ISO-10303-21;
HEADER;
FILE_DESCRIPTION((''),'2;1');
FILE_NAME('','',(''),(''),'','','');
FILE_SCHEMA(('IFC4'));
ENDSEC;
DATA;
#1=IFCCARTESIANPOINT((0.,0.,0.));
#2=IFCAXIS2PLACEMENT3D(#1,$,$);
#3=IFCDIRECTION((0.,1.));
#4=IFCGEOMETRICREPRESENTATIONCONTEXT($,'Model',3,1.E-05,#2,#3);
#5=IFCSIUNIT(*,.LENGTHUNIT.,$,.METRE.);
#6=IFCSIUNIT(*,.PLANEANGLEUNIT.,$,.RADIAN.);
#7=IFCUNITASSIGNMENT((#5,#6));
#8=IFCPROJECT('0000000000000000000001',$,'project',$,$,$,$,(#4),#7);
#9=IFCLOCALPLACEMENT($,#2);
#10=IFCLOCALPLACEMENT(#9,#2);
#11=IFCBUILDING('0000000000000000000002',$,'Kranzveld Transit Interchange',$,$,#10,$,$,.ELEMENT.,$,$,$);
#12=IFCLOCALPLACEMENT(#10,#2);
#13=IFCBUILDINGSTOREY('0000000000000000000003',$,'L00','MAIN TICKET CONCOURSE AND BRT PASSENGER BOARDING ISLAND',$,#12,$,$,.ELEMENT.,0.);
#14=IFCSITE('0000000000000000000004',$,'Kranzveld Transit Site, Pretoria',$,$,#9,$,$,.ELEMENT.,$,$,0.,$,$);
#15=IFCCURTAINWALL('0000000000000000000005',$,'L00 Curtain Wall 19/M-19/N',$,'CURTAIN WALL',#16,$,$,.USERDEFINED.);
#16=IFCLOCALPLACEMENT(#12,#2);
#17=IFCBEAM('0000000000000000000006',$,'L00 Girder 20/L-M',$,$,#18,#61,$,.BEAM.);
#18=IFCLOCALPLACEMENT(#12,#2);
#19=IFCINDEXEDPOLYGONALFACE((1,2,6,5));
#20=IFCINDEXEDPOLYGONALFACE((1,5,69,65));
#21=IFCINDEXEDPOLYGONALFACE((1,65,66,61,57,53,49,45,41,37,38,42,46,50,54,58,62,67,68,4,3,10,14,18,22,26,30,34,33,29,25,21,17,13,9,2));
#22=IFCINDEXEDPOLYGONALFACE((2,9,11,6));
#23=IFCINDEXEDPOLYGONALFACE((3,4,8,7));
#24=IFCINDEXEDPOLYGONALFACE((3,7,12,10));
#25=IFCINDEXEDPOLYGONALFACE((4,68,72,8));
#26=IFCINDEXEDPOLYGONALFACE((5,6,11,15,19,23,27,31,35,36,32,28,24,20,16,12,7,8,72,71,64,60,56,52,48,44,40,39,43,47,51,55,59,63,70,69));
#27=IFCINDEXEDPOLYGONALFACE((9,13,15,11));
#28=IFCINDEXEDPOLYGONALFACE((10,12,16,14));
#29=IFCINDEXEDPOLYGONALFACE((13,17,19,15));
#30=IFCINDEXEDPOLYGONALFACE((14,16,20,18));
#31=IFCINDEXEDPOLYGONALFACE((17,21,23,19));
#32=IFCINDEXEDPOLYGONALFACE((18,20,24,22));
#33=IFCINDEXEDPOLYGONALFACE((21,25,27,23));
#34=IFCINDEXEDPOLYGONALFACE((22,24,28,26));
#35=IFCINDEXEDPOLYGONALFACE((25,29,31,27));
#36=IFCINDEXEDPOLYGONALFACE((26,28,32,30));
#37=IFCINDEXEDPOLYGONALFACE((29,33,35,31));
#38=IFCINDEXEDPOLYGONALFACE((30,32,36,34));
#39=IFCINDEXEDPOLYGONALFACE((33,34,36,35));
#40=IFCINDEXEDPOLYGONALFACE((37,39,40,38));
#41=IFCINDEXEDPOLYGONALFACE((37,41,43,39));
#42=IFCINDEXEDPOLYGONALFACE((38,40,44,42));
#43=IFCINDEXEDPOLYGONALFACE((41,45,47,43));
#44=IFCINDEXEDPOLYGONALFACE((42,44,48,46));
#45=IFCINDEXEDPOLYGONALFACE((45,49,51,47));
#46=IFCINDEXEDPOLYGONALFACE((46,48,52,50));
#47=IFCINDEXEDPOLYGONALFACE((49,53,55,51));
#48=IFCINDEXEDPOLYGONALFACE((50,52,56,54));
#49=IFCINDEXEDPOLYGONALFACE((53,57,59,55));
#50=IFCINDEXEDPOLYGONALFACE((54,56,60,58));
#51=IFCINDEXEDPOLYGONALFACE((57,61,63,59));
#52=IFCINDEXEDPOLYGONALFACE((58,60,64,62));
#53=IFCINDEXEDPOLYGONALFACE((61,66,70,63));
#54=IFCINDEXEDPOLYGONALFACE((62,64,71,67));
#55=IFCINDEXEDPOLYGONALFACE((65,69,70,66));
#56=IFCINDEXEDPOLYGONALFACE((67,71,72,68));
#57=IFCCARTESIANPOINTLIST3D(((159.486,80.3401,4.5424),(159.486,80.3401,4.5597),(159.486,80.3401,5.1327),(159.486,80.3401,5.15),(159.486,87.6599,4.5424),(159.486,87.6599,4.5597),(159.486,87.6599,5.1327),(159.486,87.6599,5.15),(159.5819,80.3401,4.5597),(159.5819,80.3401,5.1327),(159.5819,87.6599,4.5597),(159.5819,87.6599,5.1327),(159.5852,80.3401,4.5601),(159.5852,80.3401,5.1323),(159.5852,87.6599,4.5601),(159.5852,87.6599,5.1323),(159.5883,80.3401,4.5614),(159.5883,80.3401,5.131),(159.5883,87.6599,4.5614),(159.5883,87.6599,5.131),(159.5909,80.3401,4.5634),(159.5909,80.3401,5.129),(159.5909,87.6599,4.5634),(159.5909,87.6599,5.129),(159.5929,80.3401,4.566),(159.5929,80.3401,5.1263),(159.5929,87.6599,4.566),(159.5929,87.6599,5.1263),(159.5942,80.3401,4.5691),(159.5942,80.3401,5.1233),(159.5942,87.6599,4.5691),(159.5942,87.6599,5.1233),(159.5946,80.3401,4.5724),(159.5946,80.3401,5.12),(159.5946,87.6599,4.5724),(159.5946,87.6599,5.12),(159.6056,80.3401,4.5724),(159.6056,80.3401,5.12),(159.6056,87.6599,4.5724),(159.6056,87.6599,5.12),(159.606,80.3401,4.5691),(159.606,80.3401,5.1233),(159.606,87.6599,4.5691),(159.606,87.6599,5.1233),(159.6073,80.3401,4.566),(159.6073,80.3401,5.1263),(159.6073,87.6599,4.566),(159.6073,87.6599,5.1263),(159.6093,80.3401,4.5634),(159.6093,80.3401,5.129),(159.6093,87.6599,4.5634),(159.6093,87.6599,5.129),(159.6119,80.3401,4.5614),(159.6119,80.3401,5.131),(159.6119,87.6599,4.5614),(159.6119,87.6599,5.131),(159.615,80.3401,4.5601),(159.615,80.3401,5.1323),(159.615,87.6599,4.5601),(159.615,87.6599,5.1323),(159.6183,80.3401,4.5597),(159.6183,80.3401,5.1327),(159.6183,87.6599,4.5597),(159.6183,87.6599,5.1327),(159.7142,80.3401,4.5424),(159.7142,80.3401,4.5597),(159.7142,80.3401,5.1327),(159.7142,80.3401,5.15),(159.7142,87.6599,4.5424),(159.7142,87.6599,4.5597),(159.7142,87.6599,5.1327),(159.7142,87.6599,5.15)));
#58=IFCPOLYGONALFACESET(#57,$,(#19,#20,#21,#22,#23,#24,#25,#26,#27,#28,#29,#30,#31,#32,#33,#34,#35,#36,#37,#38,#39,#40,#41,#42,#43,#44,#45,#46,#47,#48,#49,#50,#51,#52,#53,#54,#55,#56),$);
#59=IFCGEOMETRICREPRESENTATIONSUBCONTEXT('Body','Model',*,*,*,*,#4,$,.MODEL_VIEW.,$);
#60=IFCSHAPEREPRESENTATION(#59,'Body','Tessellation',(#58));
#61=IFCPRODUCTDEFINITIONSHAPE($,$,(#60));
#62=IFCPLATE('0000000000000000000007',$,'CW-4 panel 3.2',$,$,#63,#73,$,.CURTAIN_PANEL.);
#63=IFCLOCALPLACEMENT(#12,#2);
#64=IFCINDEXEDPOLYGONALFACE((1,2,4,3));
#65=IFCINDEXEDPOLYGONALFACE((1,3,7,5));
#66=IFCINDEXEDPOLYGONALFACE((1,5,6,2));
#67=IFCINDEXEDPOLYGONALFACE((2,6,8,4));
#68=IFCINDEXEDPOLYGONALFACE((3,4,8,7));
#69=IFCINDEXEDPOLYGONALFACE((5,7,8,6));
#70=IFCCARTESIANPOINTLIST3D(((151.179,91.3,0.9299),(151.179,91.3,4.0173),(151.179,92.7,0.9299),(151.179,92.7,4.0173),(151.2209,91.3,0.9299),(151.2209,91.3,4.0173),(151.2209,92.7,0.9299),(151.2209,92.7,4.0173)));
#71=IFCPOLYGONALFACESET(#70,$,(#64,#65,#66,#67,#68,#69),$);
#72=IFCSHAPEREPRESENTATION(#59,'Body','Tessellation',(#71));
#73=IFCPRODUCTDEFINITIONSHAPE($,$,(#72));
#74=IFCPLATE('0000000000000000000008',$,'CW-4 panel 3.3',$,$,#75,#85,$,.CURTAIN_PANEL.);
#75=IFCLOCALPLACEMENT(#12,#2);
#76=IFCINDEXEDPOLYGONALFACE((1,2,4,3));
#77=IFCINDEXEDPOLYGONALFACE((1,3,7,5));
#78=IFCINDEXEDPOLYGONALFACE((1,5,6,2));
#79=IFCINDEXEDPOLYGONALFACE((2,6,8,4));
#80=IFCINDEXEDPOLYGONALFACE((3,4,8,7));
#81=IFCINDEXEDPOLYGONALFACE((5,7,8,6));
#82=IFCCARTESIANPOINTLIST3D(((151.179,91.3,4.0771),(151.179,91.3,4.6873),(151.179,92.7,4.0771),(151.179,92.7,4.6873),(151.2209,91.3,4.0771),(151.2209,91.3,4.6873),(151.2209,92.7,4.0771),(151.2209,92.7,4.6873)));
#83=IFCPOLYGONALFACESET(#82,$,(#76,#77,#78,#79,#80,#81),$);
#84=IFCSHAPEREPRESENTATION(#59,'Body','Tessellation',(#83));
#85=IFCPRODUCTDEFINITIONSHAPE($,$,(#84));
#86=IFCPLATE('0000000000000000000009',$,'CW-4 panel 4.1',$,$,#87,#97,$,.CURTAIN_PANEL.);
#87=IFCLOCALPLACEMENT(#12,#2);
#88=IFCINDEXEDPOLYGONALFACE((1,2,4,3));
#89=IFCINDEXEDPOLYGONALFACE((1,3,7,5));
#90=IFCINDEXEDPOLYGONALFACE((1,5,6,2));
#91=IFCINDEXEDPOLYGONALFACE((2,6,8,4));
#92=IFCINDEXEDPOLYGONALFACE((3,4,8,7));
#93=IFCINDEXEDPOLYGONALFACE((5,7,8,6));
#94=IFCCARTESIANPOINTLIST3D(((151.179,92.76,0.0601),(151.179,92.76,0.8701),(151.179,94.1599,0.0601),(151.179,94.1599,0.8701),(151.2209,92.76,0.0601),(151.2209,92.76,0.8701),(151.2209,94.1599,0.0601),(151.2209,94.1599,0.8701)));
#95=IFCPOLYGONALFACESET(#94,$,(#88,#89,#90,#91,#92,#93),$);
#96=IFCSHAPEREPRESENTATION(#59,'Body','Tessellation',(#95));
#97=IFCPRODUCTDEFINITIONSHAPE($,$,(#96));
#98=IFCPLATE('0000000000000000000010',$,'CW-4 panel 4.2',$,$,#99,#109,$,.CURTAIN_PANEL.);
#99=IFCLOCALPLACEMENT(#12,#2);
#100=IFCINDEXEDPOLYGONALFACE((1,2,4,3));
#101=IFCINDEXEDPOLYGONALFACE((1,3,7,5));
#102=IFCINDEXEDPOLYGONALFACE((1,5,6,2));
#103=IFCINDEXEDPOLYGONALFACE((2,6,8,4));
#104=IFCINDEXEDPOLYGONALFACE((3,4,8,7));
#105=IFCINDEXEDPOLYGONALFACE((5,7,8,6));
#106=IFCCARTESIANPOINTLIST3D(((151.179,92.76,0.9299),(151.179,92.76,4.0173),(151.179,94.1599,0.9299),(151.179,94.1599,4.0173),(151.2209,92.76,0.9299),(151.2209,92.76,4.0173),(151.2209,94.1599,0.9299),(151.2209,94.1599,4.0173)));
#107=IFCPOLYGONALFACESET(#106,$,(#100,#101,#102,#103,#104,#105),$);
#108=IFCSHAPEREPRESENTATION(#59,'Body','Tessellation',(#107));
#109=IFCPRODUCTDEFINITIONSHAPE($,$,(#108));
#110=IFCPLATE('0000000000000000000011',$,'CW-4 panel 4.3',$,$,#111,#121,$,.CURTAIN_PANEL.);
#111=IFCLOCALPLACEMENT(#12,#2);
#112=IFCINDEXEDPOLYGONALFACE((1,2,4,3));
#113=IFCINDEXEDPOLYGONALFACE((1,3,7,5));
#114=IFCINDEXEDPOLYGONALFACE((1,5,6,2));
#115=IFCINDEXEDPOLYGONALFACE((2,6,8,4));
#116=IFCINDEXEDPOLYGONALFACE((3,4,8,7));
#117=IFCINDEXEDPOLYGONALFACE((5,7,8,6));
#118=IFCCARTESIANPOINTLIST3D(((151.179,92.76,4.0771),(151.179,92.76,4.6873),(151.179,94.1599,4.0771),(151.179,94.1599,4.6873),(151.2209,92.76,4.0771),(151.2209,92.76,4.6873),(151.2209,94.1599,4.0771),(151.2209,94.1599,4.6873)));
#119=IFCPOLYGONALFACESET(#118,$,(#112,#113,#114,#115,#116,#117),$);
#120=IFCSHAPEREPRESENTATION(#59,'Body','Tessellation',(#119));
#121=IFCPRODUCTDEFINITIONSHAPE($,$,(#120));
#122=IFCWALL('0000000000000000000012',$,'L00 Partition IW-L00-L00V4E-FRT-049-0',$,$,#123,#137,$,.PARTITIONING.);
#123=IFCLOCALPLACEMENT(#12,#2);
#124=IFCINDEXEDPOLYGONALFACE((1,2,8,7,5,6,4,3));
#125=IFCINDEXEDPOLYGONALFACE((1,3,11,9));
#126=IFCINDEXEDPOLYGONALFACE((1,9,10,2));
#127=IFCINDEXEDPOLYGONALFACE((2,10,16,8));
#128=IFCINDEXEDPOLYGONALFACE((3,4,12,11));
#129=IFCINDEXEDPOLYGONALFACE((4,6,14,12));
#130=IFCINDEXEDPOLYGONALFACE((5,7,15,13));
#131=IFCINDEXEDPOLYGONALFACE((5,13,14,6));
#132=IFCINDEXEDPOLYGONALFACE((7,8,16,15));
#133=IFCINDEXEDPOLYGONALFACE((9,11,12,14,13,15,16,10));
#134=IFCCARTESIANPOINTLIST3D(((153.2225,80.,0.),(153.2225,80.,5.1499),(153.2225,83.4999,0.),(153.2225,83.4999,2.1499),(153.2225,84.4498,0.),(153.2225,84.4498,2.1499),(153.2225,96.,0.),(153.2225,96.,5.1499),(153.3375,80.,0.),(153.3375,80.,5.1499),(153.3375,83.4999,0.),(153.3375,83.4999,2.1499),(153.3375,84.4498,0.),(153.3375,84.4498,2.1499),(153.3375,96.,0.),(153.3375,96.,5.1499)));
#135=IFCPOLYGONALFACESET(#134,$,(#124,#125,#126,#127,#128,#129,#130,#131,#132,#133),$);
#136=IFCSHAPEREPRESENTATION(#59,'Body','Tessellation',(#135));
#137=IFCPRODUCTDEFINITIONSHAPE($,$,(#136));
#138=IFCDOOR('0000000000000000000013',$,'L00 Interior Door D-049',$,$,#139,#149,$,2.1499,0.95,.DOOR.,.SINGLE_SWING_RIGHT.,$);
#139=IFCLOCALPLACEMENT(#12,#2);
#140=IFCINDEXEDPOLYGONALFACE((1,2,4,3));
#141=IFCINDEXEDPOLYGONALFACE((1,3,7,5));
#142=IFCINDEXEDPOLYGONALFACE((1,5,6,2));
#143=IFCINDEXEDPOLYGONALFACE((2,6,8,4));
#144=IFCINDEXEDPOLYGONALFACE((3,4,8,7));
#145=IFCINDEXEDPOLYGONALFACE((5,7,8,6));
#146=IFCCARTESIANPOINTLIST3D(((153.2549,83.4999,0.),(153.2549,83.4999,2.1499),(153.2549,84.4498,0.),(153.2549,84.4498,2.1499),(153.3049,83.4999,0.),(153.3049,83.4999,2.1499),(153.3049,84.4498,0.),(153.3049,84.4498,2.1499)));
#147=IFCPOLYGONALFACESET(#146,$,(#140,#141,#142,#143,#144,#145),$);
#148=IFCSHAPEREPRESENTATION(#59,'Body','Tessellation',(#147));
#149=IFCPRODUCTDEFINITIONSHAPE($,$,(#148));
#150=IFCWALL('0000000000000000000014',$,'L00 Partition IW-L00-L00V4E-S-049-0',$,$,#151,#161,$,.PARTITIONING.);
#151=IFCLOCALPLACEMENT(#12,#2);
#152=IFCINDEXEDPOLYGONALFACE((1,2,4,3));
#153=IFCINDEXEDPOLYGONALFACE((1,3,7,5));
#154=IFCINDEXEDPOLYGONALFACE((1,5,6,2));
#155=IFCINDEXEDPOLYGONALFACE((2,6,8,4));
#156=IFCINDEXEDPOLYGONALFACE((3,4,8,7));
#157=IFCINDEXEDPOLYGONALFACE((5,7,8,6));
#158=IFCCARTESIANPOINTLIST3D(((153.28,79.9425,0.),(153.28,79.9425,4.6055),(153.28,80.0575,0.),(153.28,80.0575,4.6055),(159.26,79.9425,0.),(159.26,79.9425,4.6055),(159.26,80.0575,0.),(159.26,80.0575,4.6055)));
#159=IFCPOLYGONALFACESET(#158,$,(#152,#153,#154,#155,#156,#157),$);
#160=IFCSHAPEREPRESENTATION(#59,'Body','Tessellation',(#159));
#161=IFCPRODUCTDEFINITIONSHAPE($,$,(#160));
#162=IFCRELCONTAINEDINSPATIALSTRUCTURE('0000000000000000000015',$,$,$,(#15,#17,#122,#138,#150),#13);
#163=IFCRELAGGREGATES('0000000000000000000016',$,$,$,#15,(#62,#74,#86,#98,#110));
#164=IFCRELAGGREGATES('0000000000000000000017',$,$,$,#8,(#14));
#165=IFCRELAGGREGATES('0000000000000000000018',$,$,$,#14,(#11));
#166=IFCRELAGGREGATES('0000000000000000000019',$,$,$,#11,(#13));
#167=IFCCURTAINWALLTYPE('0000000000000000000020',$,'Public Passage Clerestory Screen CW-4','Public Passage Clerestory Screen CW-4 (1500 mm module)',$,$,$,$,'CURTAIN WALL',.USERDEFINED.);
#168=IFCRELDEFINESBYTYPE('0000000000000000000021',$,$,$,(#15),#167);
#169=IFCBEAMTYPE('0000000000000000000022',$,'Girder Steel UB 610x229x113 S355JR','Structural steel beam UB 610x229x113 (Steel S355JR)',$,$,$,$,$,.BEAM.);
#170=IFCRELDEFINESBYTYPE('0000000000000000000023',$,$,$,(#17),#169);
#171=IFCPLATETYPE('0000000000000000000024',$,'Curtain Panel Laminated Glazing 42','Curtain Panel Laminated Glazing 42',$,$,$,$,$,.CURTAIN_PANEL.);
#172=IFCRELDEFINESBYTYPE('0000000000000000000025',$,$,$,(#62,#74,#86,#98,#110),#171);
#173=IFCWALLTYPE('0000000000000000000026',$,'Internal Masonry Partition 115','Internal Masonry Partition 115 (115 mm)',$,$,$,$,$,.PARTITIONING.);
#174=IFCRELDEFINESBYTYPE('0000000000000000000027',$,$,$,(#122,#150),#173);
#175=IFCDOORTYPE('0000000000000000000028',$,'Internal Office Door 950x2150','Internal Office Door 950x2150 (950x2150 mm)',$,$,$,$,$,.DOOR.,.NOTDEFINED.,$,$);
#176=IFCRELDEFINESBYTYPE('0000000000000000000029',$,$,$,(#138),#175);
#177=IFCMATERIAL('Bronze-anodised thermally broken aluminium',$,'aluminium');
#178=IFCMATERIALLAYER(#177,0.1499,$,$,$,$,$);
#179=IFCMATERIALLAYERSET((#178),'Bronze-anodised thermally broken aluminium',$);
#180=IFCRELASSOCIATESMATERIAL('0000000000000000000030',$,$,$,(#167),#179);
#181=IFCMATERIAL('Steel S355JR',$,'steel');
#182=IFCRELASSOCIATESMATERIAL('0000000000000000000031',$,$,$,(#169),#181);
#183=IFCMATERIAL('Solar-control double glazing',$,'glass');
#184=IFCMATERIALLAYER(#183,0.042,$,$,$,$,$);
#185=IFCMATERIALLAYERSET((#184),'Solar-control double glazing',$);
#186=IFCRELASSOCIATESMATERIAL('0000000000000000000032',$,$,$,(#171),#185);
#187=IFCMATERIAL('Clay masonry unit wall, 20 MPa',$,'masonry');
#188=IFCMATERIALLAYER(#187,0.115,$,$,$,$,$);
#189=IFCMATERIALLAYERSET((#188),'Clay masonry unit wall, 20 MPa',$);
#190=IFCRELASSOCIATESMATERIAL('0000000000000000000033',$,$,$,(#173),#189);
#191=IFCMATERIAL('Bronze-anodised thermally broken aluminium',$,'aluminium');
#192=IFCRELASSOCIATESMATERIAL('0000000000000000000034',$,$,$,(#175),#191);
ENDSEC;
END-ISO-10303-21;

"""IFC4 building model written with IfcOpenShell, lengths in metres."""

from ifc_helpers import new_model, si_unit, direction, frame, frame_2d, origin, origin_2d, place, context, subcontext, project, spatial, rectangle, i_section, extrude, material, layer, layer_set, material_profile, profile_set, type_object, element, fill, aggregate, save


model = new_model("IFC4")

# Units and contexts
model_context = context("Model", 3, precision=1e-05, world=origin(), true_north=direction((0.0, 1.0)))
body_context = subcontext(model_context, "Body", "Model", "MODEL_VIEW")
ifc_project = project(units=[si_unit("LENGTHUNIT", "METRE"), si_unit("PLANEANGLEUNIT", "RADIAN")], contexts=[model_context])

# Site, building, storey
site_placement = place(None, origin())
site = spatial("IfcSite", under=ifc_project, at=site_placement, Name="Kranzveld Transit Site, Pretoria", CompositionType="ELEMENT", RefElevation=0.0)
building_placement = place(site_placement, origin())
building = spatial("IfcBuilding", under=site, at=building_placement, Name="Kranzveld Transit Interchange", CompositionType="ELEMENT")
storey_placement = place(building_placement, origin())
storey = spatial("IfcBuildingStorey", under=building, at=storey_placement, Name="L00", Description="MAIN TICKET CONCOURSE AND BRT PASSENGER BOARDING ISLAND", CompositionType="ELEMENT", Elevation=0.0)

# Curtain wall
ifc_material_1 = material(Name="Bronze-anodised thermally broken aluminium", Category="aluminium")
ifc_layer_1 = layer(ifc_material_1, 0.1499)
ifc_layer_set_1 = layer_set([ifc_layer_1], Name="Bronze-anodised thermally broken aluminium")
curtain_wall_type = type_object("IfcCurtainWallType", Name="Public Passage Clerestory Screen CW-4", Description="Public Passage Clerestory Screen CW-4 (1500 mm module)", ElementType="CURTAIN WALL", PredefinedType="USERDEFINED", material=ifc_layer_set_1)
curtain_wall_placement = place(storey_placement, origin())
curtain_wall = element("IfcCurtainWall", 1, at=curtain_wall_placement, inside=storey, type_object=curtain_wall_type, Name="L00 Curtain Wall 19/M-19/N", ObjectType="CURTAIN WALL", PredefinedType="USERDEFINED")

# Beam
ifc_material_2 = material(Name="Steel S355JR", Category="steel")
ifc_material_profile_1 = material_profile(ifc_material_2, i_section(OverallWidth=0.2283, OverallDepth=0.6077, WebThickness=0.011, FlangeThickness=0.0173, FilletRadius=0.0127, at=origin_2d()), Name="UB 610x229x113")
ifc_profile_set_1 = profile_set([ifc_material_profile_1], Name="Steel S355JR")
beam_type_1 = type_object("IfcBeamType", Name="Girder Steel UB 610x229x113 S355JR", Description="Structural steel beam UB 610x229x113 (Steel S355JR)", PredefinedType="BEAM", material=ifc_profile_set_1)
beam_placement = place(storey_placement, frame((159.6001, 80.3401, 4.8462), z_axis=(0.0, 1.0, 0.0), x_axis=(-1.0, 0.0, 0.0)))
element("IfcBeam", 2, at=beam_placement, inside=storey, type_object=beam_type_1, Name="L00 Girder 20/L-M", PredefinedType="BEAM", context=body_context, shape_type="SweptSolid", body=[
    extrude(i_section(OverallWidth=0.2283, OverallDepth=0.6077, WebThickness=0.011, FlangeThickness=0.0173, FilletRadius=0.0127, at=origin_2d()), origin(), (0.0, 0.0, 1.0), 7.3198),
])

# Plates
ifc_material_3 = material(Name="Solar-control double glazing", Category="glass")
ifc_layer_2 = layer(ifc_material_3, 0.042)
ifc_layer_set_2 = layer_set([ifc_layer_2], Name="Solar-control double glazing")
plate_type = type_object("IfcPlateType", Name="Curtain Panel Laminated Glazing 42", Description="Curtain Panel Laminated Glazing 42", PredefinedType="CURTAIN_PANEL", material=ifc_layer_set_2)
plate_1_placement = place(storey_placement, frame((151.2, 92.0, 0.9299), z_axis=(0.0, 0.0, 1.0), x_axis=(0.0, 1.0, 0.0)))
plate_1 = element("IfcPlate", 3, at=plate_1_placement, type_object=plate_type, Name="CW-4 panel 3.2", PredefinedType="CURTAIN_PANEL", context=body_context, shape_type="SweptSolid", body=[
    extrude(rectangle(XDim=1.3999, YDim=0.042, at=origin_2d()), origin(), (0.0, 0.0, 1.0), 3.0874),
])
plate_2_placement = place(storey_placement, frame((151.2, 92.0, 4.0771), z_axis=(0.0, 0.0, 1.0), x_axis=(0.0, 1.0, 0.0)))
plate_2 = element("IfcPlate", 4, at=plate_2_placement, type_object=plate_type, Name="CW-4 panel 3.3", PredefinedType="CURTAIN_PANEL", context=body_context, shape_type="SweptSolid", body=[
    extrude(rectangle(XDim=1.3999, YDim=0.042, at=origin_2d()), origin(), (0.0, 0.0, 1.0), 0.6101),
])
plate_3_placement = place(storey_placement, frame((151.2, 93.46, 0.0601), z_axis=(0.0, 0.0, 1.0), x_axis=(0.0, 1.0, 0.0)))
plate_3 = element("IfcPlate", 5, at=plate_3_placement, type_object=plate_type, Name="CW-4 panel 4.1", PredefinedType="CURTAIN_PANEL", context=body_context, shape_type="SweptSolid", body=[
    extrude(rectangle(XDim=1.3999, YDim=0.042, at=origin_2d()), origin(), (0.0, 0.0, 1.0), 0.8101),
])
plate_4_placement = place(storey_placement, frame((151.2, 93.46, 0.9299), z_axis=(0.0, 0.0, 1.0), x_axis=(0.0, 1.0, 0.0)))
plate_4 = element("IfcPlate", 6, at=plate_4_placement, type_object=plate_type, Name="CW-4 panel 4.2", PredefinedType="CURTAIN_PANEL", context=body_context, shape_type="SweptSolid", body=[
    extrude(rectangle(XDim=1.3999, YDim=0.042, at=origin_2d()), origin(), (0.0, 0.0, 1.0), 3.0874),
])
plate_5_placement = place(storey_placement, frame((151.2, 93.46, 4.0771), z_axis=(0.0, 0.0, 1.0), x_axis=(0.0, 1.0, 0.0)))
plate_5 = element("IfcPlate", 7, at=plate_5_placement, type_object=plate_type, Name="CW-4 panel 4.3", PredefinedType="CURTAIN_PANEL", context=body_context, shape_type="SweptSolid", body=[
    extrude(rectangle(XDim=1.3999, YDim=0.042, at=origin_2d()), origin(), (0.0, 0.0, 1.0), 0.6101),
])
aggregate(curtain_wall, [plate_1, plate_2, plate_3, plate_4, plate_5])

# Wall, opening, door
ifc_material_4 = material(Name="Clay masonry unit wall, 20 MPa", Category="masonry")
ifc_layer_3 = layer(ifc_material_4, 0.115)
ifc_layer_set_3 = layer_set([ifc_layer_3], Name="Clay masonry unit wall, 20 MPa")
wall_type = type_object("IfcWallType", Name="Internal Masonry Partition 115", Description="Internal Masonry Partition 115 (115 mm)", PredefinedType="PARTITIONING", material=ifc_layer_set_3)
wall_1_placement = place(storey_placement, frame((153.28, 80.0, 0.0), z_axis=(0.0, 0.0, 1.0), x_axis=(0.0, 1.0, 0.0)))
wall_1 = element("IfcWall", 8, at=wall_1_placement, inside=storey, type_object=wall_type, Name="L00 Partition IW-L00-L00V4E-FRT-049-0", PredefinedType="PARTITIONING", context=body_context, shape_type="SweptSolid", body=[
    extrude(rectangle(XDim=16.0, YDim=0.115, at=frame_2d((8.0, 0.0))), origin(), (0.0, 0.0, 1.0), 5.1499),
])
opening_placement = place(wall_1_placement, frame((4.45, 0.0, 0.0), z_axis=(0.0, 0.0, 1.0), x_axis=(-1.0, 0.0, 0.0)))
opening = element("IfcOpeningElement", 9, at=opening_placement, cuts=wall_1, PredefinedType="OPENING", context=body_context, shape_type="SweptSolid", body=[
    extrude(rectangle(XDim=0.95, YDim=2.1499, at=frame_2d((0.4751, 1.075))), frame((0.0, 0.0674, 0.0), z_axis=(0.0, -1.0, 0.0), x_axis=(1.0, 0.0, 0.0)), (0.0, 0.0, 1.0), 0.135),
])
ifc_material_5 = material(Name="Bronze-anodised thermally broken aluminium", Category="aluminium")
door_type = type_object("IfcDoorType", Name="Internal Office Door 950x2150", Description="Internal Office Door 950x2150 (950x2150 mm)", OperationType="NOTDEFINED", PredefinedType="DOOR", material=ifc_material_5)
door_placement = place(opening_placement, origin())
door = element("IfcDoor", 10, at=door_placement, inside=storey, type_object=door_type, Name="L00 Interior Door D-049", OperationType="SINGLE_SWING_RIGHT", OverallHeight=2.1499, OverallWidth=0.95, PredefinedType="DOOR", context=body_context, shape_type="SweptSolid", body=[
    extrude(rectangle(XDim=0.95, YDim=2.1499, at=frame_2d((0.4751, 1.075))), frame((0.0, 0.0249, 0.0), z_axis=(0.0, -1.0, 0.0), x_axis=(1.0, 0.0, 0.0)), (0.0, 0.0, 1.0), 0.05),
])
fill(opening, door)

# Wall
wall_2_placement = place(storey_placement, frame((153.28, 80.0, 0.0), z_axis=(0.0, 0.0, 1.0), x_axis=(1.0, 0.0, 0.0)))
element("IfcWall", 11, at=wall_2_placement, inside=storey, type_object=wall_type, Name="L00 Partition IW-L00-L00V4E-S-049-0", PredefinedType="PARTITIONING", context=body_context, shape_type="SweptSolid", body=[
    extrude(rectangle(XDim=5.98, YDim=0.115, at=frame_2d((2.99, 0.0))), origin(), (0.0, 0.0, 1.0), 4.6055),
])

save(model, "model.ifc")
